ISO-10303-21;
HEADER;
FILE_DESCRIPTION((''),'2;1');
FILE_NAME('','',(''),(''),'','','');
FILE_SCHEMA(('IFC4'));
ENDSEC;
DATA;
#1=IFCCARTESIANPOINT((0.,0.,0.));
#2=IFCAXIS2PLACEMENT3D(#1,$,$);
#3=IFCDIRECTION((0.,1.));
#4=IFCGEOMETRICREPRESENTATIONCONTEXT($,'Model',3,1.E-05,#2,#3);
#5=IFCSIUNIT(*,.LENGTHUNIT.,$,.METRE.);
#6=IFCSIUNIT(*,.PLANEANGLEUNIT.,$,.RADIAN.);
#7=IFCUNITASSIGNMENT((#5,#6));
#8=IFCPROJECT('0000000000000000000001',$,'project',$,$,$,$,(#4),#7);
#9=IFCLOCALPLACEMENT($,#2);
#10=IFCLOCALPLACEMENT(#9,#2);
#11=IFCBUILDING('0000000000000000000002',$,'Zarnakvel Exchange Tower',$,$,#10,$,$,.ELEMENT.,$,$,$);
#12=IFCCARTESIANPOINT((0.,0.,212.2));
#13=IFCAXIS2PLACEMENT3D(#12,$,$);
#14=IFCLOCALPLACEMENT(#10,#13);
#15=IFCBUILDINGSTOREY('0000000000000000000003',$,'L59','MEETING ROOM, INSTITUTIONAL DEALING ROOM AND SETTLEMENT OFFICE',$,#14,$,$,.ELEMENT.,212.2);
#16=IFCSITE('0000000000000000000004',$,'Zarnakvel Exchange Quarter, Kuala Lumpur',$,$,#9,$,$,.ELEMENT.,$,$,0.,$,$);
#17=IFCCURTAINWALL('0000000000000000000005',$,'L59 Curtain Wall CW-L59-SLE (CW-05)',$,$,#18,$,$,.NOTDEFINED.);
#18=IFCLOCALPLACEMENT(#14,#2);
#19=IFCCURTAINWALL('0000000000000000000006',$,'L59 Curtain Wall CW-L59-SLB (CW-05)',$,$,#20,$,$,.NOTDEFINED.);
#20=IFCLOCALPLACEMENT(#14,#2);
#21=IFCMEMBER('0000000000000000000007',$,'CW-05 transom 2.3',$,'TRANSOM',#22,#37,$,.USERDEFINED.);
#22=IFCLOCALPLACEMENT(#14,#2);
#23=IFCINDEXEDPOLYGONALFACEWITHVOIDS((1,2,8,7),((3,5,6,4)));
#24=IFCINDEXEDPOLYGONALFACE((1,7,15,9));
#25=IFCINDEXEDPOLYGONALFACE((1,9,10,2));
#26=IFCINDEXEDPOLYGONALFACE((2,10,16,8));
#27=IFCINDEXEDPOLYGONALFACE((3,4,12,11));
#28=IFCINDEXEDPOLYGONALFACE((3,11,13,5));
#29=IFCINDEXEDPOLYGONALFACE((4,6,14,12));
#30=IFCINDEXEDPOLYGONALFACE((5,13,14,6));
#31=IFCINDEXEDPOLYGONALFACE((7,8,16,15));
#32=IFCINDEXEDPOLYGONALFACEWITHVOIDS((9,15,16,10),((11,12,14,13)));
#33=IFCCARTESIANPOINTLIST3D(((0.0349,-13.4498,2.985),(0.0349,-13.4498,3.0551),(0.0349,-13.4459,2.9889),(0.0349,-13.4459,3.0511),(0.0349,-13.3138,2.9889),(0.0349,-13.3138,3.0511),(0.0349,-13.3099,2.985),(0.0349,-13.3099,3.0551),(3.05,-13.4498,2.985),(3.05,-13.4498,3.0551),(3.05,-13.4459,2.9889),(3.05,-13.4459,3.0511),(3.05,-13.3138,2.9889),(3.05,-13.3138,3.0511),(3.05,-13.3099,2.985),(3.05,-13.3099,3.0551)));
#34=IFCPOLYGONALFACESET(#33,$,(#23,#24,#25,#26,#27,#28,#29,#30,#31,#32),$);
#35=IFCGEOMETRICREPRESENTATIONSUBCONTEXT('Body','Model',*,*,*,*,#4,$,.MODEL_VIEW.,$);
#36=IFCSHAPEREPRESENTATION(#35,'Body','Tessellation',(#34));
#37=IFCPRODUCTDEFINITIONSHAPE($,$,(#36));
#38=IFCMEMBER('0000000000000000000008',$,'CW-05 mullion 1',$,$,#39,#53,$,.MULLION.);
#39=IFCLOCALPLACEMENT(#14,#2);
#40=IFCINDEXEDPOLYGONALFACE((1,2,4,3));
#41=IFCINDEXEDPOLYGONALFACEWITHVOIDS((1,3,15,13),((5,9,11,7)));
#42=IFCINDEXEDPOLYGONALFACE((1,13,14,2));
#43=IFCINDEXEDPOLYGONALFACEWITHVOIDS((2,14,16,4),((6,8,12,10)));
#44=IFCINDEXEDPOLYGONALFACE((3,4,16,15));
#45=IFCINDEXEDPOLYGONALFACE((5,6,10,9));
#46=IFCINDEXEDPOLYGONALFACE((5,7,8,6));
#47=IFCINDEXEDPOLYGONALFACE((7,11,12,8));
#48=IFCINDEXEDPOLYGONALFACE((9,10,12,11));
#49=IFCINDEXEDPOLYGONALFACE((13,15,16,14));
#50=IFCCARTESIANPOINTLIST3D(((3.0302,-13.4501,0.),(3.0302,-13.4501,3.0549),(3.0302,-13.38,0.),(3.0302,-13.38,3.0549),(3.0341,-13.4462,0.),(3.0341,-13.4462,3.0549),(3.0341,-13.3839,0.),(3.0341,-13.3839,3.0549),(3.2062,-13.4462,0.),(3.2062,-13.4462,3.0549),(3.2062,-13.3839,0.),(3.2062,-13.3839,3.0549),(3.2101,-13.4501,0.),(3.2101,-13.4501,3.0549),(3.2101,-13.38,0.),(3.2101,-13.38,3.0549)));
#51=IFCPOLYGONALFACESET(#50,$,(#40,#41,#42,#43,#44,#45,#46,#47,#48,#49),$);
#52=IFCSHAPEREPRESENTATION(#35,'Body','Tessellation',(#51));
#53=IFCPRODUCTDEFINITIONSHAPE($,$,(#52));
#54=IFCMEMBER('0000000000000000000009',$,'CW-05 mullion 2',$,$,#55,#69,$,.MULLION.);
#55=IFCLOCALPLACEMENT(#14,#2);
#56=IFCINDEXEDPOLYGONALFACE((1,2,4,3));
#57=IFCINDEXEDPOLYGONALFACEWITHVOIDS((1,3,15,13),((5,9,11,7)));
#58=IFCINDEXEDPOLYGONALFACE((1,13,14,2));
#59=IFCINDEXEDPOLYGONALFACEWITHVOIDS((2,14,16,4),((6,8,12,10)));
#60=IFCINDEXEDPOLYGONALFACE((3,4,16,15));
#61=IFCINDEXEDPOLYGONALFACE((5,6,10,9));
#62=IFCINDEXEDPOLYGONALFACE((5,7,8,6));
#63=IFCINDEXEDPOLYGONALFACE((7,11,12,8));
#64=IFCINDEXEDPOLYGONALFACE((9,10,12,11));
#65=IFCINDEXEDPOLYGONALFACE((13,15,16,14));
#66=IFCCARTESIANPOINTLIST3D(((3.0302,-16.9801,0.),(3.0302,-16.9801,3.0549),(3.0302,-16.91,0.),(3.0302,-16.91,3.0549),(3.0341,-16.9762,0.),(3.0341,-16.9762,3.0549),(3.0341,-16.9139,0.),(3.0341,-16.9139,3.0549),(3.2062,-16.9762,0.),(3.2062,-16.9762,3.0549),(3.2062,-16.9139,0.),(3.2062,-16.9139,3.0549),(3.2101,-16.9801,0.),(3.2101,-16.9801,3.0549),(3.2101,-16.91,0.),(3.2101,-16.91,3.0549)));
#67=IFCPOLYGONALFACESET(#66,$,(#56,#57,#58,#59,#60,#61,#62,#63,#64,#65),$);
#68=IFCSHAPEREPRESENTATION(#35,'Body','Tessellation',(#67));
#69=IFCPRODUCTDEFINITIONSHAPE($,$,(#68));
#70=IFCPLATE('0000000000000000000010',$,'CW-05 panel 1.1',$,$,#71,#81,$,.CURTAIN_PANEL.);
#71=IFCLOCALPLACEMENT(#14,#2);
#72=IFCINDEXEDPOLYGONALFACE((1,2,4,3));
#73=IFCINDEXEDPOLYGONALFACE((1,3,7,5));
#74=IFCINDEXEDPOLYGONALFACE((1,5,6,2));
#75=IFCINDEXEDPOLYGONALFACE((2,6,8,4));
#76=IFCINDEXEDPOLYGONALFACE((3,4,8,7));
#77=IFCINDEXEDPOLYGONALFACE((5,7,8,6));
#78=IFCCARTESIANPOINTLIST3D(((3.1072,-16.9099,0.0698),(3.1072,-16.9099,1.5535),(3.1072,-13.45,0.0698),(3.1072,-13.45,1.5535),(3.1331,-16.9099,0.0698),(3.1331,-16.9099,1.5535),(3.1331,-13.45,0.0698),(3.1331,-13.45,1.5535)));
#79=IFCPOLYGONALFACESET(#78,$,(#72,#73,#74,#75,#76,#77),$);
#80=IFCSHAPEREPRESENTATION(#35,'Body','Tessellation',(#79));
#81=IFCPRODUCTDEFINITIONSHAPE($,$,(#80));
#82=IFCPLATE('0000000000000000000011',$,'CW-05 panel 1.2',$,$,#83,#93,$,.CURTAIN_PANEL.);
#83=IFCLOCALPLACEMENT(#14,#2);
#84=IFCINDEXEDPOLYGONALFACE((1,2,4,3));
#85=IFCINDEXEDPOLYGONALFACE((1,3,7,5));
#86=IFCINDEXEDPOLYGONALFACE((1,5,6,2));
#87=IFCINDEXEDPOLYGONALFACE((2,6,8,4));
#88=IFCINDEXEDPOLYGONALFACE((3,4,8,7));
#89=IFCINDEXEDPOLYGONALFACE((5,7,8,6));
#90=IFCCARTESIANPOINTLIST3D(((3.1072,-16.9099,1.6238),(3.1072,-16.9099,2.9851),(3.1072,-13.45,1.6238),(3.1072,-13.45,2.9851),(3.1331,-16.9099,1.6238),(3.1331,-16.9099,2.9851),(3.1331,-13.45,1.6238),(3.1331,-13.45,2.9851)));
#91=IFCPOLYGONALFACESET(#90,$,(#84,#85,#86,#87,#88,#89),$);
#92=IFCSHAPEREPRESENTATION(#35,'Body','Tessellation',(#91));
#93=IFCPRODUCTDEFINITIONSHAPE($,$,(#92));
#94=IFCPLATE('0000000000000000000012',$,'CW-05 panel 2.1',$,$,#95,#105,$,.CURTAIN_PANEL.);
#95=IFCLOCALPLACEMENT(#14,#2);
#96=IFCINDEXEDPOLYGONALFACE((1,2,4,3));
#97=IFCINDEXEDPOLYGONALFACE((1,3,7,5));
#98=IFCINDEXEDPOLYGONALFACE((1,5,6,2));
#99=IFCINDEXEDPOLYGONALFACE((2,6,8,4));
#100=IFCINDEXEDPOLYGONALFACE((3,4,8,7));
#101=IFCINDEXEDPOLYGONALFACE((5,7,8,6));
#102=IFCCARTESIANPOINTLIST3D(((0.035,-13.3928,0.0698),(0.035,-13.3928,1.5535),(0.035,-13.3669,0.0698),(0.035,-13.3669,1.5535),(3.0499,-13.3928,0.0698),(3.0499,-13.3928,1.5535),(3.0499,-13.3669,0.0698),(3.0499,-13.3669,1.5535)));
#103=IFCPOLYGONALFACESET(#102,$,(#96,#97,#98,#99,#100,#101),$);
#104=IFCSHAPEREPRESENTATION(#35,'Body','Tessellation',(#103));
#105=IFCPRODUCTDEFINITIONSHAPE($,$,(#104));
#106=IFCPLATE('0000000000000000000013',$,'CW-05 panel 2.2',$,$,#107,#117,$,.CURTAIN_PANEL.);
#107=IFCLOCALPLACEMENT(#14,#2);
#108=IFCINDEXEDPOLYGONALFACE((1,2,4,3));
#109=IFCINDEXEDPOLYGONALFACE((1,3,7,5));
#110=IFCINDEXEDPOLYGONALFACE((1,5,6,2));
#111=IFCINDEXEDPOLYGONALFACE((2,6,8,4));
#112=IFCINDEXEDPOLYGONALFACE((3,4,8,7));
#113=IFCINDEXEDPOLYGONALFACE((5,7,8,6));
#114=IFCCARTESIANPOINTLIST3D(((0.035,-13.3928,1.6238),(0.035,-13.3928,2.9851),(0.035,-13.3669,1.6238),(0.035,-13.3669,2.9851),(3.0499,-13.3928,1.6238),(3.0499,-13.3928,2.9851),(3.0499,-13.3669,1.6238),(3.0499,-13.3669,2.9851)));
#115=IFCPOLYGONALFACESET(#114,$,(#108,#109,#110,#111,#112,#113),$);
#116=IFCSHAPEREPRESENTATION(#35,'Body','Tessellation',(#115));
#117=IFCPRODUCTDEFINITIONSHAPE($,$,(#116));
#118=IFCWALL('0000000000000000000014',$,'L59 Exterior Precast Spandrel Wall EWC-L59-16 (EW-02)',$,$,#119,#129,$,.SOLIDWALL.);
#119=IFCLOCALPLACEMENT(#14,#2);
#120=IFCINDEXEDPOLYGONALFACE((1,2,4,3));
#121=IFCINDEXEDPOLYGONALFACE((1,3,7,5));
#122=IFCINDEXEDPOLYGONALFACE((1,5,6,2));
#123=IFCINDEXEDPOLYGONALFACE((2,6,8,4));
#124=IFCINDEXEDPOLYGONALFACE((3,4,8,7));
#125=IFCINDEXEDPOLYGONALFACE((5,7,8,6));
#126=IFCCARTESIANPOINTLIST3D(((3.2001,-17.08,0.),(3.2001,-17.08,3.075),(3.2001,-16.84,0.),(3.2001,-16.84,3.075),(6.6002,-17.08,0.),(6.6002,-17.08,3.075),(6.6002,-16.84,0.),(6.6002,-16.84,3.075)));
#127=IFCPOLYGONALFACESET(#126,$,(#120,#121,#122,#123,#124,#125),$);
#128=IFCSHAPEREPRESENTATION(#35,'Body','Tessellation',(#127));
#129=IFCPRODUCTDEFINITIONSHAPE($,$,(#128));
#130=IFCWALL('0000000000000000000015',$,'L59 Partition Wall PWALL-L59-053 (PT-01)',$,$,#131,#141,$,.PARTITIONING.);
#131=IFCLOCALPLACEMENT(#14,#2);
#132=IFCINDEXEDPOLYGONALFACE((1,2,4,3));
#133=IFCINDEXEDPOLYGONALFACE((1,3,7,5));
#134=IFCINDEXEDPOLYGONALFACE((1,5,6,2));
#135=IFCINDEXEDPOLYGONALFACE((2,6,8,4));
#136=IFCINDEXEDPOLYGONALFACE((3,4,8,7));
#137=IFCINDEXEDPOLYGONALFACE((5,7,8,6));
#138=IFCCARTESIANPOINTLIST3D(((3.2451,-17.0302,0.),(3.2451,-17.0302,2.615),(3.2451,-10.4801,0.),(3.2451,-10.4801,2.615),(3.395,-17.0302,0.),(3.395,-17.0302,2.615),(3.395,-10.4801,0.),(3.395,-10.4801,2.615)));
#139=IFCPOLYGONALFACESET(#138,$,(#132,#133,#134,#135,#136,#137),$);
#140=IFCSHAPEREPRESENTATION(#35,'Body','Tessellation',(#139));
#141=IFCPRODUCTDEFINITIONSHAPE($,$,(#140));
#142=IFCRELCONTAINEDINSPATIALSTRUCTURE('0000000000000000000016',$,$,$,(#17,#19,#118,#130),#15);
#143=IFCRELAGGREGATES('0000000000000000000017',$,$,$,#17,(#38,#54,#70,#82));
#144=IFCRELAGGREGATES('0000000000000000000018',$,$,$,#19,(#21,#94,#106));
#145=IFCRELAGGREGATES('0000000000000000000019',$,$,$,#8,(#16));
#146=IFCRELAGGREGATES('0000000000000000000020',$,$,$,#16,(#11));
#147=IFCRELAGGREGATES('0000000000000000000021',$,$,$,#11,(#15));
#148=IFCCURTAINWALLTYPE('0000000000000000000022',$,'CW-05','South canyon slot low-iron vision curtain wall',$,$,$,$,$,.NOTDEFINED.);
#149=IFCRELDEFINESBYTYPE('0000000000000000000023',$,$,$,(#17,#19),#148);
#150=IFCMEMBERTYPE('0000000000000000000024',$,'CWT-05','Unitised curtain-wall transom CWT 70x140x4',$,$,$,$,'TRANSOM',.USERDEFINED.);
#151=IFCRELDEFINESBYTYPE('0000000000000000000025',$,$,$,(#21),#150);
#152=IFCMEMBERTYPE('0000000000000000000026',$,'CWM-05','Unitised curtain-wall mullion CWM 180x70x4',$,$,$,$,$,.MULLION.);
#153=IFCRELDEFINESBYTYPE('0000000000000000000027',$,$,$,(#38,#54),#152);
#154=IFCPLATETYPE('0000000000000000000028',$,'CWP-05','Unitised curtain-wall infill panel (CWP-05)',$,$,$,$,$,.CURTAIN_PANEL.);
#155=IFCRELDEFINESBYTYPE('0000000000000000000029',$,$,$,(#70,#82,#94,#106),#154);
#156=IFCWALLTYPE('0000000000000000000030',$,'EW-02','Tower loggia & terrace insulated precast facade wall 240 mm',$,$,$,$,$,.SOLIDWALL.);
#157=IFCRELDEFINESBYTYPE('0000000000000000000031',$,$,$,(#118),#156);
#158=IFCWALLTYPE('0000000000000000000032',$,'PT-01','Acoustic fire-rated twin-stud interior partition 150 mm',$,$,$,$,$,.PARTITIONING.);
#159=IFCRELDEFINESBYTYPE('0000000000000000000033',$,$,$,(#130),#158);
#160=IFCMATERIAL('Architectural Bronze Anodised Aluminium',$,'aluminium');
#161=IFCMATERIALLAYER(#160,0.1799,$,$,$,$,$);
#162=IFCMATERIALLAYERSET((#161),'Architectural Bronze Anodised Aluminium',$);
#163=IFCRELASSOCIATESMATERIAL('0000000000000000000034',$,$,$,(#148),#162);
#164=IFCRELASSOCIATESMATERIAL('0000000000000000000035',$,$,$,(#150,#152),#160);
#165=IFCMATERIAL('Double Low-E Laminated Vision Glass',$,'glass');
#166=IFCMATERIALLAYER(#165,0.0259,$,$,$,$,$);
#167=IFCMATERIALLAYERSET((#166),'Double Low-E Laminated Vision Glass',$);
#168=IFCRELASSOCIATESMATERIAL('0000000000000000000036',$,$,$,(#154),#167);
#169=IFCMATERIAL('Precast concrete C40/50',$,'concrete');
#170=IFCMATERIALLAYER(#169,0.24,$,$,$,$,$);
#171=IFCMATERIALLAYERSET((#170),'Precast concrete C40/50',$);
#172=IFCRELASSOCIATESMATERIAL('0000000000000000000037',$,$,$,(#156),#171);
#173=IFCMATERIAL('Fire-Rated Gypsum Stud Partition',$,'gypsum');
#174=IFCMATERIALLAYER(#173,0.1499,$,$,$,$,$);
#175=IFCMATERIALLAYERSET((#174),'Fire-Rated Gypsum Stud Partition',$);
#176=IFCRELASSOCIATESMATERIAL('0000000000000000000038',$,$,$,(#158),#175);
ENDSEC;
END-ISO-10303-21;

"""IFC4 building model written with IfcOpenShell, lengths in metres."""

from ifc_helpers import new_model, si_unit, direction, frame, frame_2d, origin, origin_2d, place, context, subcontext, project, spatial, rectangle, hollow_rectangle, extrude, source, transform, mapped, material, layer, layer_set, material_profile, profile_set, type_object, element, aggregate, save


model = new_model("IFC4")

# Units and contexts
model_context = context("Model", 3, precision=1e-05, world=origin(), true_north=direction((0.0, 1.0)))
body_context = subcontext(model_context, "Body", "Model", "MODEL_VIEW")
ifc_project = project(units=[si_unit("LENGTHUNIT", "METRE"), si_unit("PLANEANGLEUNIT", "RADIAN")], contexts=[model_context])

# Site, building, storey
site_placement = place(None, origin())
site = spatial("IfcSite", under=ifc_project, at=site_placement, Name="Zarnakvel Exchange Quarter, Kuala Lumpur", CompositionType="ELEMENT", RefElevation=0.0)
building_placement = place(site_placement, origin())
building = spatial("IfcBuilding", under=site, at=building_placement, Name="Zarnakvel Exchange Tower", CompositionType="ELEMENT")
storey_placement = place(building_placement, frame((0.0, 0.0, 212.2)))
storey = spatial("IfcBuildingStorey", under=building, at=storey_placement, Name="L59", Description="MEETING ROOM, INSTITUTIONAL DEALING ROOM AND SETTLEMENT OFFICE", CompositionType="ELEMENT", Elevation=212.2)

# Curtain walls, member
ifc_material_1 = material(Name="Architectural Bronze Anodised Aluminium", Category="aluminium")
ifc_layer_1 = layer(ifc_material_1, 0.1799)
ifc_layer_set_1 = layer_set([ifc_layer_1], Name="Architectural Bronze Anodised Aluminium")
curtain_wall_type = type_object("IfcCurtainWallType", Name="CW-05", Description="South canyon slot low-iron vision curtain wall", PredefinedType="NOTDEFINED", material=ifc_layer_set_1)
curtain_wall_1_placement = place(storey_placement, origin())
curtain_wall_1 = element("IfcCurtainWall", 1, at=curtain_wall_1_placement, inside=storey, type_object=curtain_wall_type, Name="L59 Curtain Wall CW-L59-SLE (CW-05)", PredefinedType="NOTDEFINED")
ifc_material_profile_1 = material_profile(ifc_material_1, hollow_rectangle(XDim=0.1399, YDim=0.0701, WallThickness=0.0039, at=origin_2d()))
ifc_profile_set_1 = profile_set([ifc_material_profile_1], Name="Architectural Bronze Anodised Aluminium")
member_type_1 = type_object("IfcMemberType", Name="CWT-05", Description="Unitised curtain-wall transom CWT 70x140x4", ElementType="TRANSOM", PredefinedType="USERDEFINED", material=ifc_profile_set_1)
curtain_wall_2_placement = place(storey_placement, origin())
curtain_wall_2 = element("IfcCurtainWall", 2, at=curtain_wall_2_placement, inside=storey, type_object=curtain_wall_type, Name="L59 Curtain Wall CW-L59-SLB (CW-05)", PredefinedType="NOTDEFINED")
shared_shape_1 = source(origin(), body_context, "Body", "SweptSolid", [
    extrude(hollow_rectangle(XDim=0.1399, YDim=0.0701, WallThickness=0.0039, at=origin_2d()), origin(), (0.0, 0.0, 1.0), 3.0151),
])
member_1_placement = place(storey_placement, frame((0.0349, -13.3799, 3.02), z_axis=(1.0, 0.0, 0.0), x_axis=(0.0, 1.0, 0.0)))
member_1 = element("IfcMember", 3, at=member_1_placement, type_object=member_type_1, Name="CW-05 transom 2.3", ObjectType="TRANSOM", PredefinedType="USERDEFINED", context=body_context, shape_type="MappedRepresentation", body=[
    mapped(shared_shape_1, transform((0.0, 0.0, 0.0), x_axis=(1.0, 0.0, 0.0), y_axis=(0.0, 1.0, 0.0), z_axis=(0.0, 0.0, 1.0), scale=1.0)),
])

# Members
ifc_material_profile_2 = material_profile(ifc_material_1, hollow_rectangle(XDim=0.1799, YDim=0.0701, WallThickness=0.0039, at=origin_2d()))
ifc_profile_set_2 = profile_set([ifc_material_profile_2], Name="Architectural Bronze Anodised Aluminium")
member_type_2 = type_object("IfcMemberType", Name="CWM-05", Description="Unitised curtain-wall mullion CWM 180x70x4", PredefinedType="MULLION", material=ifc_profile_set_2)
shared_shape_2 = source(origin(), body_context, "Body", "SweptSolid", [
    extrude(hollow_rectangle(XDim=0.1799, YDim=0.0701, WallThickness=0.0039, at=origin_2d()), origin(), (0.0, 0.0, 1.0), 3.0549),
])
member_2_placement = place(storey_placement, frame((3.1201, -13.415, 0.0), z_axis=(0.0, 0.0, 1.0), x_axis=(1.0, 0.0, 0.0)))
member_2 = element("IfcMember", 4, at=member_2_placement, type_object=member_type_2, Name="CW-05 mullion 1", PredefinedType="MULLION", context=body_context, shape_type="MappedRepresentation", body=[
    mapped(shared_shape_2, transform((0.0, 0.0, 0.0), x_axis=(1.0, 0.0, 0.0), y_axis=(0.0, 1.0, 0.0), z_axis=(0.0, 0.0, 1.0), scale=1.0)),
])
member_3_placement = place(storey_placement, frame((3.1201, -16.9451, 0.0), z_axis=(0.0, 0.0, 1.0), x_axis=(1.0, 0.0, 0.0)))
member_3 = element("IfcMember", 5, at=member_3_placement, type_object=member_type_2, Name="CW-05 mullion 2", PredefinedType="MULLION", context=body_context, shape_type="MappedRepresentation", body=[
    mapped(shared_shape_2, transform((0.0, 0.0, 0.0), x_axis=(1.0, 0.0, 0.0), y_axis=(0.0, 1.0, 0.0), z_axis=(0.0, 0.0, 1.0), scale=1.0)),
])

# Plates
ifc_material_2 = material(Name="Double Low-E Laminated Vision Glass", Category="glass")
ifc_layer_2 = layer(ifc_material_2, 0.0259)
ifc_layer_set_2 = layer_set([ifc_layer_2], Name="Double Low-E Laminated Vision Glass")
plate_type = type_object("IfcPlateType", Name="CWP-05", Description="Unitised curtain-wall infill panel (CWP-05)", PredefinedType="CURTAIN_PANEL", material=ifc_layer_set_2)
shared_shape_3 = source(origin(), body_context, "Body", "SweptSolid", [
    extrude(rectangle(XDim=3.46, YDim=0.0259, at=origin_2d()), origin(), (0.0, 0.0, 1.0), 1.4836),
])
plate_1_placement = place(storey_placement, frame((3.1201, -15.1799, 0.0698), z_axis=(0.0, 0.0, 1.0), x_axis=(0.0, -1.0, 0.0)))
plate_1 = element("IfcPlate", 6, at=plate_1_placement, type_object=plate_type, Name="CW-05 panel 1.1", PredefinedType="CURTAIN_PANEL", context=body_context, shape_type="MappedRepresentation", body=[
    mapped(shared_shape_3, transform((0.0, 0.0, 0.0), x_axis=(1.0, 0.0, 0.0), y_axis=(0.0, 1.0, 0.0), z_axis=(0.0, 0.0, 1.0), scale=1.0)),
])
shared_shape_4 = source(origin(), body_context, "Body", "SweptSolid", [
    extrude(rectangle(XDim=3.46, YDim=0.0259, at=origin_2d()), origin(), (0.0, 0.0, 1.0), 1.3613),
])
plate_2_placement = place(storey_placement, frame((3.1201, -15.1799, 1.6238), z_axis=(0.0, 0.0, 1.0), x_axis=(0.0, -1.0, 0.0)))
plate_2 = element("IfcPlate", 7, at=plate_2_placement, type_object=plate_type, Name="CW-05 panel 1.2", PredefinedType="CURTAIN_PANEL", context=body_context, shape_type="MappedRepresentation", body=[
    mapped(shared_shape_4, transform((0.0, 0.0, 0.0), x_axis=(1.0, 0.0, 0.0), y_axis=(0.0, 1.0, 0.0), z_axis=(0.0, 0.0, 1.0), scale=1.0)),
])
aggregate(curtain_wall_1, [member_2, member_3, plate_1, plate_2])
shared_shape_5 = source(origin(), body_context, "Body", "SweptSolid", [
    extrude(rectangle(XDim=3.0149, YDim=0.0259, at=origin_2d()), origin(), (0.0, 0.0, 1.0), 1.4836),
])
plate_3_placement = place(storey_placement, frame((1.5425, -13.3799, 0.0698), z_axis=(0.0, 0.0, 1.0), x_axis=(1.0, 0.0, 0.0)))
plate_3 = element("IfcPlate", 8, at=plate_3_placement, type_object=plate_type, Name="CW-05 panel 2.1", PredefinedType="CURTAIN_PANEL", context=body_context, shape_type="MappedRepresentation", body=[
    mapped(shared_shape_5, transform((0.0, 0.0, 0.0), x_axis=(1.0, 0.0, 0.0), y_axis=(0.0, 1.0, 0.0), z_axis=(0.0, 0.0, 1.0), scale=1.0)),
])
shared_shape_6 = source(origin(), body_context, "Body", "SweptSolid", [
    extrude(rectangle(XDim=3.0149, YDim=0.0259, at=origin_2d()), origin(), (0.0, 0.0, 1.0), 1.3613),
])
plate_4_placement = place(storey_placement, frame((1.5425, -13.3799, 1.6238), z_axis=(0.0, 0.0, 1.0), x_axis=(1.0, 0.0, 0.0)))
plate_4 = element("IfcPlate", 9, at=plate_4_placement, type_object=plate_type, Name="CW-05 panel 2.2", PredefinedType="CURTAIN_PANEL", context=body_context, shape_type="MappedRepresentation", body=[
    mapped(shared_shape_6, transform((0.0, 0.0, 0.0), x_axis=(1.0, 0.0, 0.0), y_axis=(0.0, 1.0, 0.0), z_axis=(0.0, 0.0, 1.0), scale=1.0)),
])
aggregate(curtain_wall_2, [member_1, plate_3, plate_4])

# Walls
ifc_material_3 = material(Name="Precast concrete C40/50", Category="concrete")
ifc_layer_3 = layer(ifc_material_3, 0.24)
ifc_layer_set_3 = layer_set([ifc_layer_3], Name="Precast concrete C40/50")
wall_type_1 = type_object("IfcWallType", Name="EW-02", Description="Tower loggia & terrace insulated precast facade wall 240 mm", PredefinedType="SOLIDWALL", material=ifc_layer_set_3)
wall_1_placement = place(storey_placement, frame((3.2, -16.96, 0.0), z_axis=(0.0, 0.0, 1.0), x_axis=(1.0, 0.0, 0.0)))
element("IfcWall", 10, at=wall_1_placement, inside=storey, type_object=wall_type_1, Name="L59 Exterior Precast Spandrel Wall EWC-L59-16 (EW-02)", PredefinedType="SOLIDWALL", context=body_context, shape_type="SweptSolid", body=[
    extrude(rectangle(XDim=3.4001, YDim=0.24, at=frame_2d((1.7002, 0.0))), origin(), (0.0, 0.0, 1.0), 3.075),
])
ifc_material_4 = material(Name="Fire-Rated Gypsum Stud Partition", Category="gypsum")
ifc_layer_4 = layer(ifc_material_4, 0.1499)
ifc_layer_set_4 = layer_set([ifc_layer_4], Name="Fire-Rated Gypsum Stud Partition")
wall_type_2 = type_object("IfcWallType", Name="PT-01", Description="Acoustic fire-rated twin-stud interior partition 150 mm", PredefinedType="PARTITIONING", material=ifc_layer_set_4)
wall_2_placement = place(storey_placement, frame((3.3201, -17.03, 0.0), z_axis=(0.0, 0.0, 1.0), x_axis=(0.0, 1.0, 0.0)))
element("IfcWall", 11, at=wall_2_placement, inside=storey, type_object=wall_type_2, Name="L59 Partition Wall PWALL-L59-053 (PT-01)", PredefinedType="PARTITIONING", context=body_context, shape_type="SweptSolid", body=[
    extrude(rectangle(XDim=6.55, YDim=0.1499, at=frame_2d((3.2749, 0.0))), origin(), (0.0, 0.0, 1.0), 2.615),
])

save(model, "model.ifc")
